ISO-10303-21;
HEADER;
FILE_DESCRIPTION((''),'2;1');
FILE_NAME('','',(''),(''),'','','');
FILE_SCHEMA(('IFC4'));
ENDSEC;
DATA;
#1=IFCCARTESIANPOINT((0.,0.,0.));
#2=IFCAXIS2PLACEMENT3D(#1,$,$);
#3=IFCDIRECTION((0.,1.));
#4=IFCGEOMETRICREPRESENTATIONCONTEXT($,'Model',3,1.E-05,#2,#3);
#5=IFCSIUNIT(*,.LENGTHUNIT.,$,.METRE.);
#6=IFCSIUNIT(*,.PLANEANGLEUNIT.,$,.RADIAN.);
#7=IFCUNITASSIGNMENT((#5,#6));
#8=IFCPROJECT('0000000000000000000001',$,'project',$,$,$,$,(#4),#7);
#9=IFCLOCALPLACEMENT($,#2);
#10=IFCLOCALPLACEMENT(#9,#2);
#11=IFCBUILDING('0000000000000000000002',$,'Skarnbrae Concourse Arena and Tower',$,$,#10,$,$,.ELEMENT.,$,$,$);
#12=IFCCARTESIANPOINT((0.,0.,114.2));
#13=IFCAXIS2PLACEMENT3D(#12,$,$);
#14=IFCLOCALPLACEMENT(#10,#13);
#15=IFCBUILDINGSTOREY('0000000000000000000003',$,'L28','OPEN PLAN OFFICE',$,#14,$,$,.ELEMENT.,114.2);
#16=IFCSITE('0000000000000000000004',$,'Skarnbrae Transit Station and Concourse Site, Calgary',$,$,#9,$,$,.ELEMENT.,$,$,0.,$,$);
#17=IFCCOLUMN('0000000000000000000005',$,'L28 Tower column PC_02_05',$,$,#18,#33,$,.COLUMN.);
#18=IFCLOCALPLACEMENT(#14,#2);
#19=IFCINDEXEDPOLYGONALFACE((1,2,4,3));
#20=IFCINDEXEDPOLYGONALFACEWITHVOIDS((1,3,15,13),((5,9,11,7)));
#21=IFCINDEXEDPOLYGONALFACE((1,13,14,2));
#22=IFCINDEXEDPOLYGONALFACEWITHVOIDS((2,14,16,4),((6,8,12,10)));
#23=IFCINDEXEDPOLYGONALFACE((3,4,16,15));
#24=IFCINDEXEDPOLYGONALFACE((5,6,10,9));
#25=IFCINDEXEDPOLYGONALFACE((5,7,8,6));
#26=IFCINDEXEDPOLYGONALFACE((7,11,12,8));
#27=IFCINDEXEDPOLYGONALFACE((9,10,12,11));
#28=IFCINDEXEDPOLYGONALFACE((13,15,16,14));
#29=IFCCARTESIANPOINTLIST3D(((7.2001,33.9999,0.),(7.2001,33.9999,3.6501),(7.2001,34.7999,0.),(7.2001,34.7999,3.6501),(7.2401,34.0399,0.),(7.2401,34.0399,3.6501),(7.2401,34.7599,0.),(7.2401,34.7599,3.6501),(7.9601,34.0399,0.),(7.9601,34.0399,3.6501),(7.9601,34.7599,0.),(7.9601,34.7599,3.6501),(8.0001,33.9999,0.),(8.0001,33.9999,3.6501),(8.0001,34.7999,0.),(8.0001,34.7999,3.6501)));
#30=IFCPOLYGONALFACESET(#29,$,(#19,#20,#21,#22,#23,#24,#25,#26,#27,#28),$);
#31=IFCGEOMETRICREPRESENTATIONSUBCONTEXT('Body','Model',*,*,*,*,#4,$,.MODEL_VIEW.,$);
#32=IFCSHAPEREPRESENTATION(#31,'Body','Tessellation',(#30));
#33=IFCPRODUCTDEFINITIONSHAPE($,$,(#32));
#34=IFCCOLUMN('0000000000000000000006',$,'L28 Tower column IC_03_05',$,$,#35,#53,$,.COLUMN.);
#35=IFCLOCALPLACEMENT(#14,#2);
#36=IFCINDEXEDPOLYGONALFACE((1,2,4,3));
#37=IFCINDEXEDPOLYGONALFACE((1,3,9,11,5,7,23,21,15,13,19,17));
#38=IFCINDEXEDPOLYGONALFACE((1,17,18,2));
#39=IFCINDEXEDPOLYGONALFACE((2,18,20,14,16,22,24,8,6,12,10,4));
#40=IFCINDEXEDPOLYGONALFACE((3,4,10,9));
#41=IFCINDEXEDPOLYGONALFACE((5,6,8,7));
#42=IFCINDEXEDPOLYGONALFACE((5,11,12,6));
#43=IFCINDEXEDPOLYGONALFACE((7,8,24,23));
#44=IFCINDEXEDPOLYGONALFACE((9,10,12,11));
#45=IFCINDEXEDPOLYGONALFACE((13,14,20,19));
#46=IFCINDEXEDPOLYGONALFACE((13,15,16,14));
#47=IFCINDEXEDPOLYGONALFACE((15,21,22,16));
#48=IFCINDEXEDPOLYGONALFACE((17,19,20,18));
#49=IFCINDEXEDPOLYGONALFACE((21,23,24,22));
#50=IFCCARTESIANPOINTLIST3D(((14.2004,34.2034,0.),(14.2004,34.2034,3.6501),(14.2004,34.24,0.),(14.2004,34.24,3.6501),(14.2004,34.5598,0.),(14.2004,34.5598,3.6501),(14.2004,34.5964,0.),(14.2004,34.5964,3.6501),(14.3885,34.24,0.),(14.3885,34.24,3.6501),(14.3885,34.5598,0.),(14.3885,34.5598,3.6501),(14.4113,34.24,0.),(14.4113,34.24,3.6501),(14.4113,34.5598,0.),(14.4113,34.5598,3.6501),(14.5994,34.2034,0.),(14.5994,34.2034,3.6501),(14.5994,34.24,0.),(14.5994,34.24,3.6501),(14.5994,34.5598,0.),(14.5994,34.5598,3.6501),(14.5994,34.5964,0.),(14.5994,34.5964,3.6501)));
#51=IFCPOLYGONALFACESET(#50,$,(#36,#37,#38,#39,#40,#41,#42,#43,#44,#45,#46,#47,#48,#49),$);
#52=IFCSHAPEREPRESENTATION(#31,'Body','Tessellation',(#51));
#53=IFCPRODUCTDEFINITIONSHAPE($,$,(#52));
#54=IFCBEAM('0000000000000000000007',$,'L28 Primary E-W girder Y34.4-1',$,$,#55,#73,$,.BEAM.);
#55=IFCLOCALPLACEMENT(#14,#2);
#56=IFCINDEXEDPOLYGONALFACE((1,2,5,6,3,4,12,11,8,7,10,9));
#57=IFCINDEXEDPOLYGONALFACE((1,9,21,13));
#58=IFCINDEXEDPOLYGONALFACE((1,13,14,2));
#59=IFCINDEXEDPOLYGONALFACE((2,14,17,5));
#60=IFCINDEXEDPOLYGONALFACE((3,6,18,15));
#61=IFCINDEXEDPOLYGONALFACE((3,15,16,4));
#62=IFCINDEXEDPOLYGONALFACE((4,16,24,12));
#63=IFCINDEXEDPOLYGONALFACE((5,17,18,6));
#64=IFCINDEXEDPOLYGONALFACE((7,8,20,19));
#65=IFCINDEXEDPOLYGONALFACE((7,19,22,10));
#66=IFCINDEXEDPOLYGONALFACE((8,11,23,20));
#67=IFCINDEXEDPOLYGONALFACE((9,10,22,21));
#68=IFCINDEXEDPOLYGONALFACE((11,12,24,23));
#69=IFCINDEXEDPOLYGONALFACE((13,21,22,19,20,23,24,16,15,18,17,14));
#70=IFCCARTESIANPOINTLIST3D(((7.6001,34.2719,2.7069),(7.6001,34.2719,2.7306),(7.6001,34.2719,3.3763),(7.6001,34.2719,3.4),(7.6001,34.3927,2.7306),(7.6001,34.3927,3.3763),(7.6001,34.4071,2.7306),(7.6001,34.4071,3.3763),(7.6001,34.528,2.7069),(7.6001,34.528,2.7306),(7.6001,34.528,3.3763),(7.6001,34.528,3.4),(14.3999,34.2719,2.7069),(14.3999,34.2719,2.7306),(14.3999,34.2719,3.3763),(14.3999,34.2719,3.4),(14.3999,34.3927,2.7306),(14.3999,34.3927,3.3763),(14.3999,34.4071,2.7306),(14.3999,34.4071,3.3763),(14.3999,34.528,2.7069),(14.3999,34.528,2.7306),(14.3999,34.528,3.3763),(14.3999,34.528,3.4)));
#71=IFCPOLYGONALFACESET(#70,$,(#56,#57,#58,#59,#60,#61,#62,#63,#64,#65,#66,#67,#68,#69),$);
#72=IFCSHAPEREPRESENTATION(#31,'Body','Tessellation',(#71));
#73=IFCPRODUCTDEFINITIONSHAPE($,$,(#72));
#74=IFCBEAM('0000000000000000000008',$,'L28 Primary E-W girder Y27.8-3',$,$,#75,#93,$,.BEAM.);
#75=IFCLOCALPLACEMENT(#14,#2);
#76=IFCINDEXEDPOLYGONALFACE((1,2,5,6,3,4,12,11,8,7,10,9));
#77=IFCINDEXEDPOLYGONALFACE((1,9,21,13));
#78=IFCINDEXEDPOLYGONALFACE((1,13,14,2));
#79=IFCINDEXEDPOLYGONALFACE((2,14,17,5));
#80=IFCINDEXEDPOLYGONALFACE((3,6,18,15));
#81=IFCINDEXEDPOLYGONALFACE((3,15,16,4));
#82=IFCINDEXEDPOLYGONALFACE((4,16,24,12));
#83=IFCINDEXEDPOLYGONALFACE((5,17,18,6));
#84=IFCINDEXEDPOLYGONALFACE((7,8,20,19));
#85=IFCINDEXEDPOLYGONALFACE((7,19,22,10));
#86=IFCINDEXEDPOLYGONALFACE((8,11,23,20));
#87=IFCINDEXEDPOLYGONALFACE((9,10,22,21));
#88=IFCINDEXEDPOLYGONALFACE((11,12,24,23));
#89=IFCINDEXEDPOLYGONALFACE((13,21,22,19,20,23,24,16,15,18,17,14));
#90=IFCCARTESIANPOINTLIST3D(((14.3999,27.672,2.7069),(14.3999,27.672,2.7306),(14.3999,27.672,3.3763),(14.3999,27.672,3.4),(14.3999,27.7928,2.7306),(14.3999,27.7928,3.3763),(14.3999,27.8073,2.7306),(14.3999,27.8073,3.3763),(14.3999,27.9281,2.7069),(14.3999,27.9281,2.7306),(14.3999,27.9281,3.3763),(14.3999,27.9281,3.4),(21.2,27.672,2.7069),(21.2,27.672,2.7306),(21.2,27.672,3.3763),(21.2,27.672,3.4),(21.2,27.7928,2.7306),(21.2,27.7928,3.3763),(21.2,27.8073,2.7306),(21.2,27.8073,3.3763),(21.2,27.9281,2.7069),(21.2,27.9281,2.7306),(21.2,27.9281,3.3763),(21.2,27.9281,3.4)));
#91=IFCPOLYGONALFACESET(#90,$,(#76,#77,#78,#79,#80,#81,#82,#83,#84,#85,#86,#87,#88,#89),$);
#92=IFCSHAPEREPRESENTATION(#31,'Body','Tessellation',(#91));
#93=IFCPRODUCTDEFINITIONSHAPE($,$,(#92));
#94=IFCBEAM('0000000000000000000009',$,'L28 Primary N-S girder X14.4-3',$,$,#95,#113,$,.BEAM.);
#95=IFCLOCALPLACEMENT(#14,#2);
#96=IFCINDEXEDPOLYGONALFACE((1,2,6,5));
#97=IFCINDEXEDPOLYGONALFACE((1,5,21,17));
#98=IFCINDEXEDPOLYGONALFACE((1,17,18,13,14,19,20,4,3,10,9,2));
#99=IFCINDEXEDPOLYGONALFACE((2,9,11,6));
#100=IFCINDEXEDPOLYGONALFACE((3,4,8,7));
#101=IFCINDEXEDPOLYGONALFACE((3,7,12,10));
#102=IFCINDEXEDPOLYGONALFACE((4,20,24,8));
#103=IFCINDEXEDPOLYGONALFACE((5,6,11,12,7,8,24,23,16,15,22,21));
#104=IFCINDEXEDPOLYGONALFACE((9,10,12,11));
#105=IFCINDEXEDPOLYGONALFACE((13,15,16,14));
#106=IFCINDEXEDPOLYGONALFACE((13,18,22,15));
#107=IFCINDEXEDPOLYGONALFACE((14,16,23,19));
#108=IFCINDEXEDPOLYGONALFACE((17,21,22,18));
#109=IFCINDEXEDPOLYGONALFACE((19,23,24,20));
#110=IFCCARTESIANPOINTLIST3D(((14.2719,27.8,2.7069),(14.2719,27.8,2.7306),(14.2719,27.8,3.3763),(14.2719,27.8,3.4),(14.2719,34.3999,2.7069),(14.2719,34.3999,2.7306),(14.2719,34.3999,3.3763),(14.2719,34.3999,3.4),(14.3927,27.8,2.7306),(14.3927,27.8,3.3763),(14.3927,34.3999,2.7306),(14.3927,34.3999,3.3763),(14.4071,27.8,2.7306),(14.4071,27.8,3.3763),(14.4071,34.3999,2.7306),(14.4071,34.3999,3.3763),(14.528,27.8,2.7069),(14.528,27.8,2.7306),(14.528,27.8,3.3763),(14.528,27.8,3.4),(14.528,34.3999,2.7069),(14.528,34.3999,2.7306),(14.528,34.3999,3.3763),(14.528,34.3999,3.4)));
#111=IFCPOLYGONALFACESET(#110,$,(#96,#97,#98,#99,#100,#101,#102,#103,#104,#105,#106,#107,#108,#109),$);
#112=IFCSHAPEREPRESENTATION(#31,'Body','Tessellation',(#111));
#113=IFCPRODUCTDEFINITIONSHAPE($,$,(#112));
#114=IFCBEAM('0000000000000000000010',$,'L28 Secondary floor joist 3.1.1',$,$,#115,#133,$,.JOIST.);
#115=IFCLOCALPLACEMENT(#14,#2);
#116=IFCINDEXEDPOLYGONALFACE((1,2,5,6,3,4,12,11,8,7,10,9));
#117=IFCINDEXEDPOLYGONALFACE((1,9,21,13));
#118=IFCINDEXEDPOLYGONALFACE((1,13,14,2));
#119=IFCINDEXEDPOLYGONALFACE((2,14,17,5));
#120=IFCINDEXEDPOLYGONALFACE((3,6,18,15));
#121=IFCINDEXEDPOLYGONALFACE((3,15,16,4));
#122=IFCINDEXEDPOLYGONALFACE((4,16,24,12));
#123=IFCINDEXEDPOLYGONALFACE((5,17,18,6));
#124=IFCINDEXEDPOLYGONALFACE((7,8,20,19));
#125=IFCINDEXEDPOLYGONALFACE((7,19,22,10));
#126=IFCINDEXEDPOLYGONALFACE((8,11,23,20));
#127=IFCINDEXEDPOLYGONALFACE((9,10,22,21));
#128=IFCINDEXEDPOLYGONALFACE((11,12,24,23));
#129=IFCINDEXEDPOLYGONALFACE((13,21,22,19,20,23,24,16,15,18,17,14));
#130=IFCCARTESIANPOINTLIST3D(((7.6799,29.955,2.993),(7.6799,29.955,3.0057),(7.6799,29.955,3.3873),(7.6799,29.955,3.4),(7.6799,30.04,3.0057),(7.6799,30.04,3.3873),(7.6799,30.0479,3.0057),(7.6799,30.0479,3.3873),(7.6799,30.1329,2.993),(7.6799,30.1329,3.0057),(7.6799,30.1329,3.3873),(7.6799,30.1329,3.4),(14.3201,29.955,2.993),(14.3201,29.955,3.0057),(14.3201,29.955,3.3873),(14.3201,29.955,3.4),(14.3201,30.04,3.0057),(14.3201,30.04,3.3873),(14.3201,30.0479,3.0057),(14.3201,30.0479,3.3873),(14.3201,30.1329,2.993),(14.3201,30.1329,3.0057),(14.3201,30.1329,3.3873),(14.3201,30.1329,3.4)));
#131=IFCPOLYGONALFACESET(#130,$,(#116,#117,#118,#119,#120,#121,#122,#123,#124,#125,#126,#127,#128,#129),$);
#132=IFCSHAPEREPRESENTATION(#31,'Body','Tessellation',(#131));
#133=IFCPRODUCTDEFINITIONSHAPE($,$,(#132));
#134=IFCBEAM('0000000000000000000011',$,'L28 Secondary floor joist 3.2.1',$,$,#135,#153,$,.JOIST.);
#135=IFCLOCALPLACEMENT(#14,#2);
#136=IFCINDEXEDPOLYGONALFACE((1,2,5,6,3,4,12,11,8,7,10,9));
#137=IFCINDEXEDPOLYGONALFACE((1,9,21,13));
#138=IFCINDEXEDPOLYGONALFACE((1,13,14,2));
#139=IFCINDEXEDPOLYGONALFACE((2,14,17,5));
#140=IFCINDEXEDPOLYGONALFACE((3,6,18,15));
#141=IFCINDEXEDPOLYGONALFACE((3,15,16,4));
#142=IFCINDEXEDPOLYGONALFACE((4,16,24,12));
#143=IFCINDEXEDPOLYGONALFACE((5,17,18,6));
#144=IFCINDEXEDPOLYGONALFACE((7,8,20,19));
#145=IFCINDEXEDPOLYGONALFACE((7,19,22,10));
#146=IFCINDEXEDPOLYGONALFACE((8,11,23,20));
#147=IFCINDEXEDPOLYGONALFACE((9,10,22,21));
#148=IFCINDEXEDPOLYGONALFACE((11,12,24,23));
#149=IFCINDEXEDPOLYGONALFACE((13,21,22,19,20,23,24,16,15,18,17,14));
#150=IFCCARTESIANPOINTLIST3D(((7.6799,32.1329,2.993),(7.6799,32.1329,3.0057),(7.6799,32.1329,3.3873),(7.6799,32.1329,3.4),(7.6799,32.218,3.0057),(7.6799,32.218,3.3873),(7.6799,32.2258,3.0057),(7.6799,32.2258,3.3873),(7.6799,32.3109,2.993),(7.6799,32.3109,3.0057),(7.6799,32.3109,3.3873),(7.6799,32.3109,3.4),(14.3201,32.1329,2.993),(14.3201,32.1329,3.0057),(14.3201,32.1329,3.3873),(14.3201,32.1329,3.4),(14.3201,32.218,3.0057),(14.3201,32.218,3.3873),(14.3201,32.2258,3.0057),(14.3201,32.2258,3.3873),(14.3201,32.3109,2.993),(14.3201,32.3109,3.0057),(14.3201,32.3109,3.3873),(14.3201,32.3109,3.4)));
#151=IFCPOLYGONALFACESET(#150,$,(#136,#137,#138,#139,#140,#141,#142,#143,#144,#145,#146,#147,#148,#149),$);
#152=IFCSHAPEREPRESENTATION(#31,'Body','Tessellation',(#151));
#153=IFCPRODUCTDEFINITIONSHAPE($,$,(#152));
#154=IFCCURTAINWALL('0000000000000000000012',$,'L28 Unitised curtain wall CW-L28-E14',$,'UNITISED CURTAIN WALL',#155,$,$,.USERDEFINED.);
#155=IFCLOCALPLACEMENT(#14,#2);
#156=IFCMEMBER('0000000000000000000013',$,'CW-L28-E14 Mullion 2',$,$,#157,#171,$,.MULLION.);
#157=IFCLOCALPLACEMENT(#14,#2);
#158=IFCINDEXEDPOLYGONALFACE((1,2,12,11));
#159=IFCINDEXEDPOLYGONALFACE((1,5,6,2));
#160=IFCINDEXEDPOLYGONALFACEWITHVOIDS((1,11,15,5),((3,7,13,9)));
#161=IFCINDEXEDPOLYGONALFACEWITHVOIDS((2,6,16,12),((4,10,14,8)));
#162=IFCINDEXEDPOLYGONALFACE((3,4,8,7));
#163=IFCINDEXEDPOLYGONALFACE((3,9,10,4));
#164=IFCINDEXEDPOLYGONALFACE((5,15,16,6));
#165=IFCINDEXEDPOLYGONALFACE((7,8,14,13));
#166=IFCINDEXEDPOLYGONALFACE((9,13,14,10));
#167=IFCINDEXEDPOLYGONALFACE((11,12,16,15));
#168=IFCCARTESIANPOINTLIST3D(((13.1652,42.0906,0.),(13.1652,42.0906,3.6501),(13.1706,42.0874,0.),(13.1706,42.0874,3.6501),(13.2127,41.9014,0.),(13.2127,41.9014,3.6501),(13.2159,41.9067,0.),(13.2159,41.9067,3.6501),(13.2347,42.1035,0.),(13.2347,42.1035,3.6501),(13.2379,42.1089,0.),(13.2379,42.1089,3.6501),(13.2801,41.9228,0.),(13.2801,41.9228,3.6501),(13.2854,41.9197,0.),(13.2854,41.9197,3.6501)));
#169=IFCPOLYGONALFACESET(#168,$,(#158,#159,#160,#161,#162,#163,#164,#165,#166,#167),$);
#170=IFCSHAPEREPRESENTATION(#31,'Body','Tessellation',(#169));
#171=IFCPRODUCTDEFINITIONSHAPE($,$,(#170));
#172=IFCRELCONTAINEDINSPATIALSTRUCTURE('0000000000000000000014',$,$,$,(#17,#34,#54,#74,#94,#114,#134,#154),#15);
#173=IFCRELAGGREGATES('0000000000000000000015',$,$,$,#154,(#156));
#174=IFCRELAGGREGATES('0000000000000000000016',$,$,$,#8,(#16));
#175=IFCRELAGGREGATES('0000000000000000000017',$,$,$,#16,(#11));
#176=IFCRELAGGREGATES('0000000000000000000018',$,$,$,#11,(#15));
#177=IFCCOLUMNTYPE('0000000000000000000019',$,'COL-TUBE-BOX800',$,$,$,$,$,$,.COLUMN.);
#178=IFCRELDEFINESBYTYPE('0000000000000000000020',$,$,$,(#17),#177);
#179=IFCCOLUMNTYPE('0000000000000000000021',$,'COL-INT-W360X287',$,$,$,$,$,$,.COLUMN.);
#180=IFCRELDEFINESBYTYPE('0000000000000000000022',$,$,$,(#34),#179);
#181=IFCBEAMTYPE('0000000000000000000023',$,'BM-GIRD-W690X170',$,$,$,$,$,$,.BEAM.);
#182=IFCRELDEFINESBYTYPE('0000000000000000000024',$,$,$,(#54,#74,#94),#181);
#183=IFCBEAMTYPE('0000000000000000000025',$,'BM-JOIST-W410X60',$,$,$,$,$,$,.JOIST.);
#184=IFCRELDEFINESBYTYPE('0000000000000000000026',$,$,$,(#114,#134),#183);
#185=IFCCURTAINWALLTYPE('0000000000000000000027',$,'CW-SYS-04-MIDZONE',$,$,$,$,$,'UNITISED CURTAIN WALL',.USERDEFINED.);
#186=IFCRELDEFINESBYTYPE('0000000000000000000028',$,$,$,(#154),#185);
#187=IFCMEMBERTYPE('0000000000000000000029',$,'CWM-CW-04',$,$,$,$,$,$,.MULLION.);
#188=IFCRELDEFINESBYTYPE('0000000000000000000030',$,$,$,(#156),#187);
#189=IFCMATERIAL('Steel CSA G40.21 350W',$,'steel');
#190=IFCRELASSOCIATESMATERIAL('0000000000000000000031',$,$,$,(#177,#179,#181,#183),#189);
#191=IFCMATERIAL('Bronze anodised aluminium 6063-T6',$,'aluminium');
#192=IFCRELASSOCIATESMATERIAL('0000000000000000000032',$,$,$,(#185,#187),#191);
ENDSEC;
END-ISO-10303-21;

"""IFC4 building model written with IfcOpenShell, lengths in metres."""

from ifc_helpers import new_model, si_unit, direction, frame, origin, origin_2d, place, context, subcontext, project, spatial, hollow_rectangle, i_section, extrude, source, transform, mapped, material, material_profile, profile_set, type_object, element, aggregate, save


model = new_model("IFC4")

# Units and contexts
model_context = context("Model", 3, precision=1e-05, world=origin(), true_north=direction((0.0, 1.0)))
body_context = subcontext(model_context, "Body", "Model", "MODEL_VIEW")
ifc_project = project(units=[si_unit("LENGTHUNIT", "METRE"), si_unit("PLANEANGLEUNIT", "RADIAN")], contexts=[model_context])

# Site, building, storey
site_placement = place(None, origin())
site = spatial("IfcSite", under=ifc_project, at=site_placement, Name="Skarnbrae Transit Station and Concourse Site, Calgary", CompositionType="ELEMENT", RefElevation=0.0)
building_placement = place(site_placement, origin())
building = spatial("IfcBuilding", under=site, at=building_placement, Name="Skarnbrae Concourse Arena and Tower", CompositionType="ELEMENT")
storey_placement = place(building_placement, frame((0.0, 0.0, 114.2)))
storey = spatial("IfcBuildingStorey", under=building, at=storey_placement, Name="L28", Description="OPEN PLAN OFFICE", CompositionType="ELEMENT", Elevation=114.2)

# Columns
ifc_material_1 = material(Name="Steel CSA G40.21 350W", Category="steel")
ifc_material_profile_1 = material_profile(ifc_material_1, hollow_rectangle(XDim=0.8, YDim=0.8, WallThickness=0.04, at=origin_2d()), Name="BOX800X800X40")
ifc_profile_set_1 = profile_set([ifc_material_profile_1], Name="Steel CSA G40.21 350W")
column_type_1 = type_object("IfcColumnType", Name="COL-TUBE-BOX800", PredefinedType="COLUMN", material=ifc_profile_set_1)
shared_shape_1 = source(origin(), body_context, "Body", "SweptSolid", [
    extrude(hollow_rectangle(XDim=0.8, YDim=0.8, WallThickness=0.04, at=origin_2d()), origin(), (0.0, 0.0, 1.0), 3.6501),
])
column_1_placement = place(storey_placement, frame((7.6001, 34.3999, 0.0), z_axis=(0.0, 0.0, 1.0), x_axis=(1.0, 0.0, 0.0)))
element("IfcColumn", 1, at=column_1_placement, inside=storey, type_object=column_type_1, Name="L28 Tower column PC_02_05", PredefinedType="COLUMN", context=body_context, shape_type="MappedRepresentation", body=[
    mapped(shared_shape_1, transform((0.0, 0.0, 0.0))),
])
ifc_material_profile_2 = material_profile(ifc_material_1, i_section(OverallWidth=0.3989, OverallDepth=0.3931, WebThickness=0.0227, FlangeThickness=0.0366, at=origin_2d()), Name="W360X287")
ifc_profile_set_2 = profile_set([ifc_material_profile_2], Name="Steel CSA G40.21 350W")
column_type_2 = type_object("IfcColumnType", Name="COL-INT-W360X287", PredefinedType="COLUMN", material=ifc_profile_set_2)
shared_shape_2 = source(origin(), body_context, "Body", "SweptSolid", [
    extrude(i_section(OverallWidth=0.3989, OverallDepth=0.3931, WebThickness=0.0227, FlangeThickness=0.0366, at=origin_2d()), origin(), (0.0, 0.0, 1.0), 3.6501),
])
column_2_placement = place(storey_placement, frame((14.3999, 34.3999, 0.0), z_axis=(0.0, 0.0, 1.0), x_axis=(1.0, 0.0, 0.0)))
element("IfcColumn", 2, at=column_2_placement, inside=storey, type_object=column_type_2, Name="L28 Tower column IC_03_05", PredefinedType="COLUMN", context=body_context, shape_type="MappedRepresentation", body=[
    mapped(shared_shape_2, transform((0.0, 0.0, 0.0))),
])

# Beams
ifc_material_profile_3 = material_profile(ifc_material_1, i_section(OverallWidth=0.2561, OverallDepth=0.6931, WebThickness=0.0144, FlangeThickness=0.0237, at=origin_2d()), Name="W690X170")
ifc_profile_set_3 = profile_set([ifc_material_profile_3], Name="Steel CSA G40.21 350W")
beam_type_1 = type_object("IfcBeamType", Name="BM-GIRD-W690X170", PredefinedType="BEAM", material=ifc_profile_set_3)
shared_shape_3 = source(origin(), body_context, "Body", "SweptSolid", [
    extrude(i_section(OverallWidth=0.2561, OverallDepth=0.6931, WebThickness=0.0144, FlangeThickness=0.0237, at=origin_2d()), origin(), (0.0, 0.0, 1.0), 6.7998),
])
beam_1_placement = place(storey_placement, frame((7.6001, 34.3999, 3.0535), z_axis=(1.0, 0.0, 0.0), x_axis=(0.0, 1.0, 0.0)))
element("IfcBeam", 3, at=beam_1_placement, inside=storey, type_object=beam_type_1, Name="L28 Primary E-W girder Y34.4-1", PredefinedType="BEAM", context=body_context, shape_type="MappedRepresentation", body=[
    mapped(shared_shape_3, transform((0.0, 0.0, 0.0))),
])
shared_shape_4 = source(origin(), body_context, "Body", "SweptSolid", [
    extrude(i_section(OverallWidth=0.2561, OverallDepth=0.6931, WebThickness=0.0144, FlangeThickness=0.0237, at=origin_2d()), origin(), (0.0, 0.0, 1.0), 6.8),
])
beam_2_placement = place(storey_placement, frame((14.3999, 27.8, 3.0535), z_axis=(1.0, 0.0, 0.0), x_axis=(0.0, 1.0, 0.0)))
element("IfcBeam", 4, at=beam_2_placement, inside=storey, type_object=beam_type_1, Name="L28 Primary E-W girder Y27.8-3", PredefinedType="BEAM", context=body_context, shape_type="MappedRepresentation", body=[
    mapped(shared_shape_4, transform((0.0, 0.0, 0.0))),
])
shared_shape_5 = source(origin(), body_context, "Body", "SweptSolid", [
    extrude(i_section(OverallWidth=0.2561, OverallDepth=0.6931, WebThickness=0.0144, FlangeThickness=0.0237, at=origin_2d()), origin(), (0.0, 0.0, 1.0), 6.5999),
])
beam_3_placement = place(storey_placement, frame((14.3999, 27.8, 3.0535), z_axis=(0.0, 1.0, 0.0), x_axis=(-1.0, 0.0, 0.0)))
element("IfcBeam", 5, at=beam_3_placement, inside=storey, type_object=beam_type_1, Name="L28 Primary N-S girder X14.4-3", PredefinedType="BEAM", context=body_context, shape_type="MappedRepresentation", body=[
    mapped(shared_shape_5, transform((0.0, 0.0, 0.0))),
])
ifc_material_profile_4 = material_profile(ifc_material_1, i_section(OverallWidth=0.178, OverallDepth=0.407, WebThickness=0.0078, FlangeThickness=0.0127, at=origin_2d()), Name="W410X60")
ifc_profile_set_4 = profile_set([ifc_material_profile_4], Name="Steel CSA G40.21 350W")
beam_type_2 = type_object("IfcBeamType", Name="BM-JOIST-W410X60", PredefinedType="JOIST", material=ifc_profile_set_4)
shared_shape_6 = source(origin(), body_context, "Body", "SweptSolid", [
    extrude(i_section(OverallWidth=0.178, OverallDepth=0.407, WebThickness=0.0078, FlangeThickness=0.0127, at=origin_2d()), origin(), (0.0, 0.0, 1.0), 6.6401),
])
for number, where, z_axis, x_axis, name in (
    (6, (7.6799, 30.0439, 3.1965), (1.0, 0.0, 0.0), (0.0, 1.0, 0.0), "L28 Secondary floor joist 3.1.1"),
    (7, (7.6799, 32.2219, 3.1965), (1.0, 0.0, 0.0), (0.0, 1.0, 0.0), "L28 Secondary floor joist 3.2.1"),
):
    element("IfcBeam", number, at=place(storey_placement, frame(where, z_axis=z_axis, x_axis=x_axis)), inside=storey, type_object=beam_type_2, Name=name, PredefinedType="JOIST", context=body_context, shape_type="MappedRepresentation", body=[
        mapped(shared_shape_6, transform((0.0, 0.0, 0.0))),
    ])

# Curtain wall, member
ifc_material_2 = material(Name="Bronze anodised aluminium 6063-T6", Category="aluminium")
curtain_wall_type = type_object("IfcCurtainWallType", Name="CW-SYS-04-MIDZONE", ElementType="UNITISED CURTAIN WALL", PredefinedType="USERDEFINED", material=ifc_material_2)
curtain_wall_1_placement = place(storey_placement, origin())
curtain_wall_1 = element("IfcCurtainWall", 8, at=curtain_wall_1_placement, inside=storey, type_object=curtain_wall_type, Name="L28 Unitised curtain wall CW-L28-E14", ObjectType="UNITISED CURTAIN WALL", PredefinedType="USERDEFINED")
ifc_material_profile_5 = material_profile(ifc_material_2, hollow_rectangle(XDim=0.075, YDim=0.1951, WallThickness=0.0044, at=origin_2d()), Name="ALU-MULL-75X195")
ifc_profile_set_5 = profile_set([ifc_material_profile_5], Name="Bronze anodised aluminium 6063-T6")
member_type_1 = type_object("IfcMemberType", Name="CWM-CW-04", PredefinedType="MULLION", material=ifc_profile_set_5)
shared_shape_7 = source(origin(), body_context, "Body", "SweptSolid", [
    extrude(hollow_rectangle(XDim=0.075, YDim=0.1951, WallThickness=0.0044, at=origin_2d()), origin(), (0.0, 0.0, 1.0), 3.6501),
])
member_1_placement = place(storey_placement, frame((13.2253, 42.0051, 0.0), z_axis=(0.0, 0.0, 1.0), x_axis=(-0.969903, -0.243491, 0.0)))
member_1 = element("IfcMember", 9, at=member_1_placement, type_object=member_type_1, Name="CW-L28-E14 Mullion 2", PredefinedType="MULLION", context=body_context, shape_type="MappedRepresentation", body=[
    mapped(shared_shape_7, transform((0.0, 0.0, 0.0))),
])
aggregate(curtain_wall_1, [member_1])

save(model, "model.ifc")
